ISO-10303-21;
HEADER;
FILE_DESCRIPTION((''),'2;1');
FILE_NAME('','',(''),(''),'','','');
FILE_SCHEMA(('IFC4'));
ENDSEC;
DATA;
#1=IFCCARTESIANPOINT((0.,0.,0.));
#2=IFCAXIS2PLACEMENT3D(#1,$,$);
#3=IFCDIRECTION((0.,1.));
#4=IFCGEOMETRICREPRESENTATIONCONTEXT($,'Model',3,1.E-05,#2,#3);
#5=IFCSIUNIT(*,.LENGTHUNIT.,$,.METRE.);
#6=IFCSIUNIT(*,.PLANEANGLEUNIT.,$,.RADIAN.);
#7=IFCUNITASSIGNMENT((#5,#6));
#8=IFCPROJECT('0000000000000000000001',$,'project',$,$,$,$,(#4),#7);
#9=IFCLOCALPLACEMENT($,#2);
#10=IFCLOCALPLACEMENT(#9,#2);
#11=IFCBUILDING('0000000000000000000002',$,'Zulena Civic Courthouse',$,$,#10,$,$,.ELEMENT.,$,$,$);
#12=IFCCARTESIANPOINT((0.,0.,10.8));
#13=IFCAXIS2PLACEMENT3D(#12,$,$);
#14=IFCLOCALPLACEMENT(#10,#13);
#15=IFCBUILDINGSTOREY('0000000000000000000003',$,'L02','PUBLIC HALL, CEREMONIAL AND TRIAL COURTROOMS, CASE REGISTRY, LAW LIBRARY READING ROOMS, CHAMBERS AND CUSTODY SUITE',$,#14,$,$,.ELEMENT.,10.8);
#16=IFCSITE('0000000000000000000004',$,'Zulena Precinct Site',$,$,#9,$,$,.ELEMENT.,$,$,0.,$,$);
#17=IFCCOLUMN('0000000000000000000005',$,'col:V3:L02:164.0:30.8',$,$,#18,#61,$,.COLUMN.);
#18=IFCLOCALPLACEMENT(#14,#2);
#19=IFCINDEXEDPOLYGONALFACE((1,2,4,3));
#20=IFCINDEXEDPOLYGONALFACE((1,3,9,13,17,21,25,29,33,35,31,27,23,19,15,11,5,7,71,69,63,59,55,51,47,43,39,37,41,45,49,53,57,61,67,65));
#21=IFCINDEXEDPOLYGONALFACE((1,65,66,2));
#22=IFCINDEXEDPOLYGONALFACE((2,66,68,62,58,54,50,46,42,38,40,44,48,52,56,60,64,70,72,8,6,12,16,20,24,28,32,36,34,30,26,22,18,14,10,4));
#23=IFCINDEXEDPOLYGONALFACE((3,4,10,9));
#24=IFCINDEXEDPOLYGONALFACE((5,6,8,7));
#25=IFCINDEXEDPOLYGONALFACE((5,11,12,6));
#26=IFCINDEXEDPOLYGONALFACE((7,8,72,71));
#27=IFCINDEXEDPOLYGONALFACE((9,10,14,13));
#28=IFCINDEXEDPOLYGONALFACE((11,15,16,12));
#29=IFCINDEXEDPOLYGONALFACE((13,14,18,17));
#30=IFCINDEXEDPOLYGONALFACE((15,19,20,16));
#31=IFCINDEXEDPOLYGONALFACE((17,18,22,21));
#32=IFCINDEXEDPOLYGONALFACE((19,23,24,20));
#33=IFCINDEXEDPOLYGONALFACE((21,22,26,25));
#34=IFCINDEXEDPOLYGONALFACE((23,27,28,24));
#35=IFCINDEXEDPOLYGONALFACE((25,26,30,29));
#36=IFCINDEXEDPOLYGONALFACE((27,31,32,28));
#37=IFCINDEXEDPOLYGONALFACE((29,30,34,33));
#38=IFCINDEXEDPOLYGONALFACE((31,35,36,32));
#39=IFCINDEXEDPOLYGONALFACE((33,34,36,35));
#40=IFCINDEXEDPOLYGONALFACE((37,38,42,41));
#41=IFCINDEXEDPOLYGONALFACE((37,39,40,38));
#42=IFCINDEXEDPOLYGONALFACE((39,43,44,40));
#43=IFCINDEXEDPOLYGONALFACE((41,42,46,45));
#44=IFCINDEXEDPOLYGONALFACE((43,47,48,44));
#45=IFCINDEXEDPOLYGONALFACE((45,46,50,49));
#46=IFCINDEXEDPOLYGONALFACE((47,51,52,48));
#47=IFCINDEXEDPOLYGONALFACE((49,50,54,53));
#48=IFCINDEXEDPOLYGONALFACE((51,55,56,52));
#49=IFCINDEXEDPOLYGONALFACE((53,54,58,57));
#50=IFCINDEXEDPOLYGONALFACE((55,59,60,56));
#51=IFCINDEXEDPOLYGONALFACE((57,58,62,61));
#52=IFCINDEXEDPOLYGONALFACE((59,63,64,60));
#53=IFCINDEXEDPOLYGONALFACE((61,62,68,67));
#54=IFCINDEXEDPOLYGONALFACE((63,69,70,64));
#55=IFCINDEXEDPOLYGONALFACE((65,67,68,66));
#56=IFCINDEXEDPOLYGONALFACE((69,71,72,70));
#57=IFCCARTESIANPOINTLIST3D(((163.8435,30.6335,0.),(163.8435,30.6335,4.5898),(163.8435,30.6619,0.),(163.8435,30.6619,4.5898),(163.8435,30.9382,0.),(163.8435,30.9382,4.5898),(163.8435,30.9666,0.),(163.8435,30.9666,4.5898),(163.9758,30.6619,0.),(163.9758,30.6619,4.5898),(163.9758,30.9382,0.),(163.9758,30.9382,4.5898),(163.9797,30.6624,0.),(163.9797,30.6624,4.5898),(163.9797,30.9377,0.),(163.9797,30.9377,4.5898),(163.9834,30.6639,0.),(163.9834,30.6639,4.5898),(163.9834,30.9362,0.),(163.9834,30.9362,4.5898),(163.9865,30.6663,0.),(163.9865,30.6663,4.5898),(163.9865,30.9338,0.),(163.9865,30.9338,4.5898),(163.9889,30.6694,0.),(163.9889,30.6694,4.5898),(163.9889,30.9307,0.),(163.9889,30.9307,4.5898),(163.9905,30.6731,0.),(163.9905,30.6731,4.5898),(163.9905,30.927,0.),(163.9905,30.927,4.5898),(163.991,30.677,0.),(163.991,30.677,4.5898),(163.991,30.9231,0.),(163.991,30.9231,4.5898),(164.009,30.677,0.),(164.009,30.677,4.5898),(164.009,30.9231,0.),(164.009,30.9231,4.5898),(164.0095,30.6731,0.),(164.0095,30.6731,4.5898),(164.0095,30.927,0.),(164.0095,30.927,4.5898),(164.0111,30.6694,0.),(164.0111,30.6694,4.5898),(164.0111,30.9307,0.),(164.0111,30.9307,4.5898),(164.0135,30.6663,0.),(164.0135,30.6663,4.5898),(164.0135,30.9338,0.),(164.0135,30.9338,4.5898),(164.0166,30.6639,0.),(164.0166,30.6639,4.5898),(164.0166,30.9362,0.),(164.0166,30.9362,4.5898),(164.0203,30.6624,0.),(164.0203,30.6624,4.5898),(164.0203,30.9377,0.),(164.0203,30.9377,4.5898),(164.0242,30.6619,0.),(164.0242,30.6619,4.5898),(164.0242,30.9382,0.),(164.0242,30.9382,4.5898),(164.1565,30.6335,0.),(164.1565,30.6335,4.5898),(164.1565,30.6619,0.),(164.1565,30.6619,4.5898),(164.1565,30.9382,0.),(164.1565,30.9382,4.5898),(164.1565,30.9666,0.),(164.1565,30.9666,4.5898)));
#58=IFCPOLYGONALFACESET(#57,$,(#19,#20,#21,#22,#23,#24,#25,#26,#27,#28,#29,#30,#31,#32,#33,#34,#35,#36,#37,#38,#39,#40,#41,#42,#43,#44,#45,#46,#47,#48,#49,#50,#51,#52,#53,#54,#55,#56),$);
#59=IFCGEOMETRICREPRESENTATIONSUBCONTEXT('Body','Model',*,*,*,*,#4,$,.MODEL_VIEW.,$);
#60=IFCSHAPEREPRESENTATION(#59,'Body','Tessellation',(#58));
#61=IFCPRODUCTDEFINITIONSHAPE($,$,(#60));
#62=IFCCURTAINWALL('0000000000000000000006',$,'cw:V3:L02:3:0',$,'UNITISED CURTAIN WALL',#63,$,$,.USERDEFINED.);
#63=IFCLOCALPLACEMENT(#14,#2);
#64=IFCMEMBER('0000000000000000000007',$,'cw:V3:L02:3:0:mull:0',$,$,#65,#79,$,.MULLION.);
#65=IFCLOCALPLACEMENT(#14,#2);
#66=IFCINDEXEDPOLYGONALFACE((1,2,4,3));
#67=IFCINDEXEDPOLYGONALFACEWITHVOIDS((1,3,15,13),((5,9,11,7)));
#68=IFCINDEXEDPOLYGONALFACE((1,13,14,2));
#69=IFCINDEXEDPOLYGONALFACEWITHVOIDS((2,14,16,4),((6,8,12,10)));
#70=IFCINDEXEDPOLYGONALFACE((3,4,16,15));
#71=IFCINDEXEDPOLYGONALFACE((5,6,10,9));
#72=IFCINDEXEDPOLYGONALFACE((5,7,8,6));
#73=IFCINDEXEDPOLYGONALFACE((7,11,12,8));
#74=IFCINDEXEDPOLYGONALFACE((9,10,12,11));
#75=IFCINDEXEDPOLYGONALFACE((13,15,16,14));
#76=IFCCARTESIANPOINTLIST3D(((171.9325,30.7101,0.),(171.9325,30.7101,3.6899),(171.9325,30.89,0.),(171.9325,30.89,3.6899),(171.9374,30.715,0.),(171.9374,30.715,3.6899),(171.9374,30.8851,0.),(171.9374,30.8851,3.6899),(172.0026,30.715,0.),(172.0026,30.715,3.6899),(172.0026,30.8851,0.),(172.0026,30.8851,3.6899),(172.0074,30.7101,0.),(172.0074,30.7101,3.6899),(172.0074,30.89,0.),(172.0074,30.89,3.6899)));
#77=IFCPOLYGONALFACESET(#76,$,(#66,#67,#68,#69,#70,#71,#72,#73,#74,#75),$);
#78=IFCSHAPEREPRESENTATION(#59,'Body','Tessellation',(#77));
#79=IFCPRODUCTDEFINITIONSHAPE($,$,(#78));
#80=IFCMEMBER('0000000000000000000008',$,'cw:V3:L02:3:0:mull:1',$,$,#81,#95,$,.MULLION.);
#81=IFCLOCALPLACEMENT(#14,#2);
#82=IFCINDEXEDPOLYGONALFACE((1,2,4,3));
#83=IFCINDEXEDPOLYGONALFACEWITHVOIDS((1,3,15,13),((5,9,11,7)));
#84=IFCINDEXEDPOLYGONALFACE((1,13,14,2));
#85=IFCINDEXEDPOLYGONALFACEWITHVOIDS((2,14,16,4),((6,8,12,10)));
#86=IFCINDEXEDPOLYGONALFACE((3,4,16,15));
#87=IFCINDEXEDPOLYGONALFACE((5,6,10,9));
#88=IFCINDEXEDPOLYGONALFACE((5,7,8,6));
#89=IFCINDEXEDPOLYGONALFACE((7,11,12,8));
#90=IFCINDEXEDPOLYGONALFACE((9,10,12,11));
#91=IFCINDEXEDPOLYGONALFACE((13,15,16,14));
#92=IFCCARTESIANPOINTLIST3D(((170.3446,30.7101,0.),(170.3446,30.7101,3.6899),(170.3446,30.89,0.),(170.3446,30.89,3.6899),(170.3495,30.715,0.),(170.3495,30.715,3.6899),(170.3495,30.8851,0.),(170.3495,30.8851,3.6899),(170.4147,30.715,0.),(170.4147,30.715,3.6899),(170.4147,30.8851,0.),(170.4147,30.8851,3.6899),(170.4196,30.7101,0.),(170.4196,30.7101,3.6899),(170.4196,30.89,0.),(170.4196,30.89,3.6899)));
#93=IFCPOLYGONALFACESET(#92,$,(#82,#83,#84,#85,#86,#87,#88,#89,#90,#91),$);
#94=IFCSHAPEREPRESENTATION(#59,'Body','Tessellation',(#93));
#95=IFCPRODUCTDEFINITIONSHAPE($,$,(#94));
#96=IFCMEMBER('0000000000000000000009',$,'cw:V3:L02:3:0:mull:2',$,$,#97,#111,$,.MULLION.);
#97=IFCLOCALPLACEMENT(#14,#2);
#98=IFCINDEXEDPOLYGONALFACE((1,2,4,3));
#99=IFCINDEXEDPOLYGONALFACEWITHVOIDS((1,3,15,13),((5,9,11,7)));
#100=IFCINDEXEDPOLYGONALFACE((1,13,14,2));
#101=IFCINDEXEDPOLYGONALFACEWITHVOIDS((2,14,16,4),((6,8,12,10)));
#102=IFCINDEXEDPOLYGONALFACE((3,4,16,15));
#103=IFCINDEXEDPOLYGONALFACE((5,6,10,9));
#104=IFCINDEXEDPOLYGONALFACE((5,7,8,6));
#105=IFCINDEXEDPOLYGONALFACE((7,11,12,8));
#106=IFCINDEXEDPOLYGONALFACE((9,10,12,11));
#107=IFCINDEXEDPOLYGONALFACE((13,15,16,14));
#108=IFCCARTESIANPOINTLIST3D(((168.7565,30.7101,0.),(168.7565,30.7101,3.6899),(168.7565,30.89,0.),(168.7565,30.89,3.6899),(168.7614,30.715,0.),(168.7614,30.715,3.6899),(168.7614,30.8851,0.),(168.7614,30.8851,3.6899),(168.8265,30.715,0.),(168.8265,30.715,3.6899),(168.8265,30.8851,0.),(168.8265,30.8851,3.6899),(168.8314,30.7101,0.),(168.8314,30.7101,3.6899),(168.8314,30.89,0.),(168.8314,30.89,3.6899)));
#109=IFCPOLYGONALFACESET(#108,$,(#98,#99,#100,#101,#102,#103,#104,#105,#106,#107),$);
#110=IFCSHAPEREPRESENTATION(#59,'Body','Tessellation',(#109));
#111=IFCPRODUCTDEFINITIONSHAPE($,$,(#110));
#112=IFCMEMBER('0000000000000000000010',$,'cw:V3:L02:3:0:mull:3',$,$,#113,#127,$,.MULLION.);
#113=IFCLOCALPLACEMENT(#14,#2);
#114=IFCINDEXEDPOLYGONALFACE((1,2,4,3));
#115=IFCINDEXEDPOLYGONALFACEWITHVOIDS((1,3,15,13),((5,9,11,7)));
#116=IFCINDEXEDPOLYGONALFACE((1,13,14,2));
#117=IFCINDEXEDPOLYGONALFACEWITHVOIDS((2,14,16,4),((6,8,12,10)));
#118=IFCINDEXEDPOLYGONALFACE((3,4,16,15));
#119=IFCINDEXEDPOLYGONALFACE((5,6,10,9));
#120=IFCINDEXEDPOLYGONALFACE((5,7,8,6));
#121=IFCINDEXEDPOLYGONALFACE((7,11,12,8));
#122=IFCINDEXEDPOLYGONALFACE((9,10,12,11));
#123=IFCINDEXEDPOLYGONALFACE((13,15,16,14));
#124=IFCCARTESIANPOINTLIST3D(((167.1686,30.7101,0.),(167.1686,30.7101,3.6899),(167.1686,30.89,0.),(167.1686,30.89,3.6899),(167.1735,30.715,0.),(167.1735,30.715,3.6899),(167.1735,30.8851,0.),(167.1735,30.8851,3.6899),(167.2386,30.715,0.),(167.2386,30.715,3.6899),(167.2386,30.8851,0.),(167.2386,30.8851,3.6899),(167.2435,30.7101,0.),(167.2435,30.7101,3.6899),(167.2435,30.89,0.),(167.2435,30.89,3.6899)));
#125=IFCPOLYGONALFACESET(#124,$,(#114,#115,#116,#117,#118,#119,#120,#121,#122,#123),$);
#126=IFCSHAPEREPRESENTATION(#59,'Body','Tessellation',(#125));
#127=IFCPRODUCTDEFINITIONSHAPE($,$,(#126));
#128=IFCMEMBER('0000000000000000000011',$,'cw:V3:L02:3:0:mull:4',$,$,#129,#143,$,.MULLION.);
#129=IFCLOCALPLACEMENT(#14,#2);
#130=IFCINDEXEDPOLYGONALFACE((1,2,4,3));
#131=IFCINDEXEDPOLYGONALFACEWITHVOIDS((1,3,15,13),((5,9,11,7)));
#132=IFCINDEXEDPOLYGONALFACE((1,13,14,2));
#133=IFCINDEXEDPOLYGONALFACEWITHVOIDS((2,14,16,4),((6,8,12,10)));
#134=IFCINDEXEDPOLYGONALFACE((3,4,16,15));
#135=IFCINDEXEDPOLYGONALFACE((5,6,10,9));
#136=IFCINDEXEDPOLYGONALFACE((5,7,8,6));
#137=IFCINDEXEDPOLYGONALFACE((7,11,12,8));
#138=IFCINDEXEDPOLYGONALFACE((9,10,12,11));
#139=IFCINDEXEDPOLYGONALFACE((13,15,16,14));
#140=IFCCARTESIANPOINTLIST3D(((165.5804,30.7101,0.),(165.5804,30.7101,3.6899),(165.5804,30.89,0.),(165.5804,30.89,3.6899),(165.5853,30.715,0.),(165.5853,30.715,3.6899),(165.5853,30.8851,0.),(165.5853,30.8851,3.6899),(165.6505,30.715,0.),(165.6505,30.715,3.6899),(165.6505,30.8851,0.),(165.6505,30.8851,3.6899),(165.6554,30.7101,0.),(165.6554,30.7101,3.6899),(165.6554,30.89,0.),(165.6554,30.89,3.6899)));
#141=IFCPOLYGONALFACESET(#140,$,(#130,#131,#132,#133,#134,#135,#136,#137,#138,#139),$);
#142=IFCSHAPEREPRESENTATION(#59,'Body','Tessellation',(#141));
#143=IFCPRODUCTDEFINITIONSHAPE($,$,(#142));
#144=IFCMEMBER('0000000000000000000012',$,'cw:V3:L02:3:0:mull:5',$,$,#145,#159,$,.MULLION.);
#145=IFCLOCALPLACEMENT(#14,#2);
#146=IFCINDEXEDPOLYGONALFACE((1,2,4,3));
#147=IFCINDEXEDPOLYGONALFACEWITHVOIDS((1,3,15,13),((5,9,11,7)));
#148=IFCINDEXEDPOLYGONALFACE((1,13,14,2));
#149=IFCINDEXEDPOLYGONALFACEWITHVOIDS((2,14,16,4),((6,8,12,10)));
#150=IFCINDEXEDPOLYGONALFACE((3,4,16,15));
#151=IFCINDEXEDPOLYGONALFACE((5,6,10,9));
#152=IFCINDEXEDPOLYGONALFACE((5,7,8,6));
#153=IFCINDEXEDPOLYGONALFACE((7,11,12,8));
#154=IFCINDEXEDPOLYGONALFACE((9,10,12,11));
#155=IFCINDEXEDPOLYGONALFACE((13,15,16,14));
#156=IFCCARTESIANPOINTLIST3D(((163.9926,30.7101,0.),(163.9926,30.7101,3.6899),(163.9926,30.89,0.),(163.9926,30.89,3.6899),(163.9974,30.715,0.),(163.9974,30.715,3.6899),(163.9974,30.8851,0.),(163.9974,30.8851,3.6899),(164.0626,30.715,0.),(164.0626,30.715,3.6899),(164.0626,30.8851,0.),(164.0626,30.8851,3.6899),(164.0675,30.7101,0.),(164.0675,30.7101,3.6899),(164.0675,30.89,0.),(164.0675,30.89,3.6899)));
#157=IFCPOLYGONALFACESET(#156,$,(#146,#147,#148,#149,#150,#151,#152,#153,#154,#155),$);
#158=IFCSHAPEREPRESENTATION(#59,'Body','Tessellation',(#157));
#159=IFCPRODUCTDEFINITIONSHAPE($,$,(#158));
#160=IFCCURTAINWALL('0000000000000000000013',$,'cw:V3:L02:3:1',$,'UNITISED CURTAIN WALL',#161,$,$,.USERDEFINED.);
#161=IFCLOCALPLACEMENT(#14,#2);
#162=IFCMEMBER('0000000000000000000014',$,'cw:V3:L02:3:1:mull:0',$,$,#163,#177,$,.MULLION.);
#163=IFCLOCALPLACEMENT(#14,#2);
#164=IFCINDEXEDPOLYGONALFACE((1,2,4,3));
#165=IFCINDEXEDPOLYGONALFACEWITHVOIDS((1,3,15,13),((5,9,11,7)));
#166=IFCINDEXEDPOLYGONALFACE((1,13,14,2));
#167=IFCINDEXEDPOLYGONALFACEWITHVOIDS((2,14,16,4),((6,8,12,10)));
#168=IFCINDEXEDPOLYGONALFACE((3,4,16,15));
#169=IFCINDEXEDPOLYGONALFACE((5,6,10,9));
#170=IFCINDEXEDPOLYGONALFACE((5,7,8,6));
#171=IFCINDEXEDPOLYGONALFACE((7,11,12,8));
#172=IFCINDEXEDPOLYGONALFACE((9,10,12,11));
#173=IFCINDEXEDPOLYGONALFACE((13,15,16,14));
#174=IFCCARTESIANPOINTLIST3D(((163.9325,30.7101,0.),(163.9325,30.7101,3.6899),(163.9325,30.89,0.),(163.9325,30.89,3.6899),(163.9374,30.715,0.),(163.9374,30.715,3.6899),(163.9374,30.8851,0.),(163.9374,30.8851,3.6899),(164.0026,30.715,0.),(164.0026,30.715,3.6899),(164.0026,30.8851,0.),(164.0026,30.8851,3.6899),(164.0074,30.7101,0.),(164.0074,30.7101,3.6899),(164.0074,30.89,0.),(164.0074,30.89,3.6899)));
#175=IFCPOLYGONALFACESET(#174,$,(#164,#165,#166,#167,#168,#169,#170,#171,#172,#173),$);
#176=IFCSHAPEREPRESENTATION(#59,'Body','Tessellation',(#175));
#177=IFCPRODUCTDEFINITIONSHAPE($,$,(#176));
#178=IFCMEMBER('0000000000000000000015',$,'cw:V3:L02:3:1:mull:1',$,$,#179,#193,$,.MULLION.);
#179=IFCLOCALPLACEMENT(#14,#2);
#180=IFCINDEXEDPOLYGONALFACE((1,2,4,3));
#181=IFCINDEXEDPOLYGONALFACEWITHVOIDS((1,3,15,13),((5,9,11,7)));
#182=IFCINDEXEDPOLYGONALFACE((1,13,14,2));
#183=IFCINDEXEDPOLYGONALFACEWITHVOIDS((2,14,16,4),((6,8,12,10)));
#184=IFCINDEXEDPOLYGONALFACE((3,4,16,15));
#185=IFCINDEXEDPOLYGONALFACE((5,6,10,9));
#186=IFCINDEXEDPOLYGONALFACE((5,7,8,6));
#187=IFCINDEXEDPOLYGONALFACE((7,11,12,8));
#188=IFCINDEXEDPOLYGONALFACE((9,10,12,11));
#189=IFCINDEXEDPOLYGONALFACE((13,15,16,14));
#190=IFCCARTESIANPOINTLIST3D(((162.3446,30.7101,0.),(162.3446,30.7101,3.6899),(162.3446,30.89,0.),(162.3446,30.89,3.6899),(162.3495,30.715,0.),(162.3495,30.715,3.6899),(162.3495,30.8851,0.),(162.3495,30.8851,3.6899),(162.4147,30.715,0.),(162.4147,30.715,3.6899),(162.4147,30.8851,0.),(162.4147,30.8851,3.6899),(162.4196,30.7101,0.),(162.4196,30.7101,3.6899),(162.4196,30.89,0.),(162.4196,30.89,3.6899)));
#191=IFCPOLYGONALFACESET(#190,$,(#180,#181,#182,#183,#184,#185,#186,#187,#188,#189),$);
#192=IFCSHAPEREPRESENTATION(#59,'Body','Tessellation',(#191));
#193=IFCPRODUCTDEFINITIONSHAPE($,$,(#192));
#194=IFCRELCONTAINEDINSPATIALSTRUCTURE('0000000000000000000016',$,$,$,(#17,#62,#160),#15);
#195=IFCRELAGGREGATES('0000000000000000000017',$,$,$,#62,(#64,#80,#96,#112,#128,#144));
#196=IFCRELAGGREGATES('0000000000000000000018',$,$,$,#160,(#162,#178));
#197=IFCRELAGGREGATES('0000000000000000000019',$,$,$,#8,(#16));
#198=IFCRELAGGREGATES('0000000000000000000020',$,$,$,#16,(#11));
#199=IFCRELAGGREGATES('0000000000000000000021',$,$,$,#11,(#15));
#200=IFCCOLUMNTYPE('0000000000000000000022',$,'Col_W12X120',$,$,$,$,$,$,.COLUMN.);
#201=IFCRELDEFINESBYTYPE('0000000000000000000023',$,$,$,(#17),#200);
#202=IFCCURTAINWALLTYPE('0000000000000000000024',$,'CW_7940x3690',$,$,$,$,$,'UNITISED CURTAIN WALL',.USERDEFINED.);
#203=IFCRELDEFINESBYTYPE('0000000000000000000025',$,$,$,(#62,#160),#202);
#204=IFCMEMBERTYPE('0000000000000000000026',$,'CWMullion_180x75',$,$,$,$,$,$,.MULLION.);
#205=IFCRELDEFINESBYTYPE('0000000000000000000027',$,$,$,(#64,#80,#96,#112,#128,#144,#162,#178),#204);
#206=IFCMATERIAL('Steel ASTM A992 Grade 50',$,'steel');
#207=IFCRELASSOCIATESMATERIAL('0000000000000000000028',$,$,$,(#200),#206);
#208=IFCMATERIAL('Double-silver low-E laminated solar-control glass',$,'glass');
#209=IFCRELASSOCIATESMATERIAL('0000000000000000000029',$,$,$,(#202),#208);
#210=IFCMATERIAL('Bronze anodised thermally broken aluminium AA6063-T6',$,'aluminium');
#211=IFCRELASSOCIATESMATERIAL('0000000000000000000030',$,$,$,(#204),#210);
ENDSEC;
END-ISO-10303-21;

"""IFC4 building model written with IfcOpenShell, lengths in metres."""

from ifc_helpers import new_model, si_unit, direction, frame, origin, origin_2d, place, context, subcontext, project, spatial, hollow_rectangle, i_section, extrude, material, material_profile, profile_set, type_object, element, aggregate, save


model = new_model("IFC4")

# Units and contexts
model_context = context("Model", 3, precision=1e-05, world=origin(), true_north=direction((0.0, 1.0)))
body_context = subcontext(model_context, "Body", "Model", "MODEL_VIEW")
ifc_project = project(units=[si_unit("LENGTHUNIT", "METRE"), si_unit("PLANEANGLEUNIT", "RADIAN")], contexts=[model_context])

# Site, building, storey
site_placement = place(None, origin())
site = spatial("IfcSite", under=ifc_project, at=site_placement, Name="Zulena Precinct Site", CompositionType="ELEMENT", RefElevation=0.0)
building_placement = place(site_placement, origin())
building = spatial("IfcBuilding", under=site, at=building_placement, Name="Zulena Civic Courthouse", CompositionType="ELEMENT")
storey_placement = place(building_placement, frame((0.0, 0.0, 10.8)))
storey = spatial("IfcBuildingStorey", under=building, at=storey_placement, Name="L02", Description="PUBLIC HALL, CEREMONIAL AND TRIAL COURTROOMS, CASE REGISTRY, LAW LIBRARY READING ROOMS, CHAMBERS AND CUSTODY SUITE", CompositionType="ELEMENT", Elevation=10.8)

# Column
ifc_material_1 = material(Name="Steel ASTM A992 Grade 50", Category="steel")
ifc_material_profile_1 = material_profile(ifc_material_1, i_section(OverallWidth=0.313, OverallDepth=0.333, WebThickness=0.0181, FlangeThickness=0.0283, FilletRadius=0.0151, at=origin_2d()), Name="W12X120")
ifc_profile_set_1 = profile_set([ifc_material_profile_1], Name="Steel ASTM A992 Grade 50")
column_type = type_object("IfcColumnType", Name="Col_W12X120", PredefinedType="COLUMN", material=ifc_profile_set_1)
column_placement = place(storey_placement, frame((164.0, 30.8, 0.0), z_axis=(0.0, 0.0, 1.0), x_axis=(1.0, 0.0, 0.0)))
element("IfcColumn", 1, at=column_placement, inside=storey, type_object=column_type, Name="col:V3:L02:164.0:30.8", PredefinedType="COLUMN", context=body_context, shape_type="SweptSolid", body=[
    extrude(i_section(OverallWidth=0.313, OverallDepth=0.333, WebThickness=0.0181, FlangeThickness=0.0283, FilletRadius=0.0151, at=origin_2d()), origin(), (0.0, 0.0, 1.0), 4.5898),
])

# Curtain walls, members
ifc_material_2 = material(Name="Double-silver low-E laminated solar-control glass", Category="glass")
curtain_wall_type = type_object("IfcCurtainWallType", Name="CW_7940x3690", ElementType="UNITISED CURTAIN WALL", PredefinedType="USERDEFINED", material=ifc_material_2)
curtain_wall_1_placement = place(storey_placement, origin())
curtain_wall_1 = element("IfcCurtainWall", 2, at=curtain_wall_1_placement, inside=storey, type_object=curtain_wall_type, Name="cw:V3:L02:3:0", ObjectType="UNITISED CURTAIN WALL", PredefinedType="USERDEFINED")
ifc_material_3 = material(Name="Bronze anodised thermally broken aluminium AA6063-T6", Category="aluminium")
ifc_material_profile_2 = material_profile(ifc_material_3, hollow_rectangle(XDim=0.075, YDim=0.1799, WallThickness=0.0049, at=origin_2d()), Name="CWM180X75X5")
ifc_profile_set_2 = profile_set([ifc_material_profile_2], Name="Bronze anodised thermally broken aluminium AA6063-T6")
member_type_1 = type_object("IfcMemberType", Name="CWMullion_180x75", PredefinedType="MULLION", material=ifc_profile_set_2)
member_1_placement = place(storey_placement, frame((171.97, 30.8, 0.0), z_axis=(0.0, 0.0, 1.0), x_axis=(1.0, 0.0, 0.0)))
member_1 = element("IfcMember", 3, at=member_1_placement, type_object=member_type_1, Name="cw:V3:L02:3:0:mull:0", PredefinedType="MULLION", context=body_context, shape_type="SweptSolid", body=[
    extrude(hollow_rectangle(XDim=0.075, YDim=0.1799, WallThickness=0.0049, at=origin_2d()), origin(), (0.0, 0.0, 1.0), 3.6899),
])
member_2_placement = place(storey_placement, frame((170.3821, 30.8, 0.0), z_axis=(0.0, 0.0, 1.0), x_axis=(1.0, 0.0, 0.0)))
member_2 = element("IfcMember", 4, at=member_2_placement, type_object=member_type_1, Name="cw:V3:L02:3:0:mull:1", PredefinedType="MULLION", context=body_context, shape_type="SweptSolid", body=[
    extrude(hollow_rectangle(XDim=0.075, YDim=0.1799, WallThickness=0.0049, at=origin_2d()), origin(), (0.0, 0.0, 1.0), 3.6899),
])
member_3_placement = place(storey_placement, frame((168.7939, 30.8, 0.0), z_axis=(0.0, 0.0, 1.0), x_axis=(1.0, 0.0, 0.0)))
member_3 = element("IfcMember", 5, at=member_3_placement, type_object=member_type_1, Name="cw:V3:L02:3:0:mull:2", PredefinedType="MULLION", context=body_context, shape_type="SweptSolid", body=[
    extrude(hollow_rectangle(XDim=0.075, YDim=0.1799, WallThickness=0.0049, at=origin_2d()), origin(), (0.0, 0.0, 1.0), 3.6899),
])
member_4_placement = place(storey_placement, frame((167.2061, 30.8, 0.0), z_axis=(0.0, 0.0, 1.0), x_axis=(1.0, 0.0, 0.0)))
member_4 = element("IfcMember", 6, at=member_4_placement, type_object=member_type_1, Name="cw:V3:L02:3:0:mull:3", PredefinedType="MULLION", context=body_context, shape_type="SweptSolid", body=[
    extrude(hollow_rectangle(XDim=0.075, YDim=0.1799, WallThickness=0.0049, at=origin_2d()), origin(), (0.0, 0.0, 1.0), 3.6899),
])
member_5_placement = place(storey_placement, frame((165.6179, 30.8, 0.0), z_axis=(0.0, 0.0, 1.0), x_axis=(1.0, 0.0, 0.0)))
member_5 = element("IfcMember", 7, at=member_5_placement, type_object=member_type_1, Name="cw:V3:L02:3:0:mull:4", PredefinedType="MULLION", context=body_context, shape_type="SweptSolid", body=[
    extrude(hollow_rectangle(XDim=0.075, YDim=0.1799, WallThickness=0.0049, at=origin_2d()), origin(), (0.0, 0.0, 1.0), 3.6899),
])
member_6_placement = place(storey_placement, frame((164.03, 30.8, 0.0), z_axis=(0.0, 0.0, 1.0), x_axis=(1.0, 0.0, 0.0)))
member_6 = element("IfcMember", 8, at=member_6_placement, type_object=member_type_1, Name="cw:V3:L02:3:0:mull:5", PredefinedType="MULLION", context=body_context, shape_type="SweptSolid", body=[
    extrude(hollow_rectangle(XDim=0.075, YDim=0.1799, WallThickness=0.0049, at=origin_2d()), origin(), (0.0, 0.0, 1.0), 3.6899),
])
curtain_wall_2_placement = place(storey_placement, origin())
curtain_wall_2 = element("IfcCurtainWall", 9, at=curtain_wall_2_placement, inside=storey, type_object=curtain_wall_type, Name="cw:V3:L02:3:1", ObjectType="UNITISED CURTAIN WALL", PredefinedType="USERDEFINED")
member_7_placement = place(storey_placement, frame((163.97, 30.8, 0.0), z_axis=(0.0, 0.0, 1.0), x_axis=(1.0, 0.0, 0.0)))
member_7 = element("IfcMember", 10, at=member_7_placement, type_object=member_type_1, Name="cw:V3:L02:3:1:mull:0", PredefinedType="MULLION", context=body_context, shape_type="SweptSolid", body=[
    extrude(hollow_rectangle(XDim=0.075, YDim=0.1799, WallThickness=0.0049, at=origin_2d()), origin(), (0.0, 0.0, 1.0), 3.6899),
])
member_8_placement = place(storey_placement, frame((162.3821, 30.8, 0.0), z_axis=(0.0, 0.0, 1.0), x_axis=(1.0, 0.0, 0.0)))
member_8 = element("IfcMember", 11, at=member_8_placement, type_object=member_type_1, Name="cw:V3:L02:3:1:mull:1", PredefinedType="MULLION", context=body_context, shape_type="SweptSolid", body=[
    extrude(hollow_rectangle(XDim=0.075, YDim=0.1799, WallThickness=0.0049, at=origin_2d()), origin(), (0.0, 0.0, 1.0), 3.6899),
])

aggregate(curtain_wall_1, [member_1, member_2, member_3, member_4, member_5, member_6])
aggregate(curtain_wall_2, [member_7, member_8])

save(model, "model.ifc")
